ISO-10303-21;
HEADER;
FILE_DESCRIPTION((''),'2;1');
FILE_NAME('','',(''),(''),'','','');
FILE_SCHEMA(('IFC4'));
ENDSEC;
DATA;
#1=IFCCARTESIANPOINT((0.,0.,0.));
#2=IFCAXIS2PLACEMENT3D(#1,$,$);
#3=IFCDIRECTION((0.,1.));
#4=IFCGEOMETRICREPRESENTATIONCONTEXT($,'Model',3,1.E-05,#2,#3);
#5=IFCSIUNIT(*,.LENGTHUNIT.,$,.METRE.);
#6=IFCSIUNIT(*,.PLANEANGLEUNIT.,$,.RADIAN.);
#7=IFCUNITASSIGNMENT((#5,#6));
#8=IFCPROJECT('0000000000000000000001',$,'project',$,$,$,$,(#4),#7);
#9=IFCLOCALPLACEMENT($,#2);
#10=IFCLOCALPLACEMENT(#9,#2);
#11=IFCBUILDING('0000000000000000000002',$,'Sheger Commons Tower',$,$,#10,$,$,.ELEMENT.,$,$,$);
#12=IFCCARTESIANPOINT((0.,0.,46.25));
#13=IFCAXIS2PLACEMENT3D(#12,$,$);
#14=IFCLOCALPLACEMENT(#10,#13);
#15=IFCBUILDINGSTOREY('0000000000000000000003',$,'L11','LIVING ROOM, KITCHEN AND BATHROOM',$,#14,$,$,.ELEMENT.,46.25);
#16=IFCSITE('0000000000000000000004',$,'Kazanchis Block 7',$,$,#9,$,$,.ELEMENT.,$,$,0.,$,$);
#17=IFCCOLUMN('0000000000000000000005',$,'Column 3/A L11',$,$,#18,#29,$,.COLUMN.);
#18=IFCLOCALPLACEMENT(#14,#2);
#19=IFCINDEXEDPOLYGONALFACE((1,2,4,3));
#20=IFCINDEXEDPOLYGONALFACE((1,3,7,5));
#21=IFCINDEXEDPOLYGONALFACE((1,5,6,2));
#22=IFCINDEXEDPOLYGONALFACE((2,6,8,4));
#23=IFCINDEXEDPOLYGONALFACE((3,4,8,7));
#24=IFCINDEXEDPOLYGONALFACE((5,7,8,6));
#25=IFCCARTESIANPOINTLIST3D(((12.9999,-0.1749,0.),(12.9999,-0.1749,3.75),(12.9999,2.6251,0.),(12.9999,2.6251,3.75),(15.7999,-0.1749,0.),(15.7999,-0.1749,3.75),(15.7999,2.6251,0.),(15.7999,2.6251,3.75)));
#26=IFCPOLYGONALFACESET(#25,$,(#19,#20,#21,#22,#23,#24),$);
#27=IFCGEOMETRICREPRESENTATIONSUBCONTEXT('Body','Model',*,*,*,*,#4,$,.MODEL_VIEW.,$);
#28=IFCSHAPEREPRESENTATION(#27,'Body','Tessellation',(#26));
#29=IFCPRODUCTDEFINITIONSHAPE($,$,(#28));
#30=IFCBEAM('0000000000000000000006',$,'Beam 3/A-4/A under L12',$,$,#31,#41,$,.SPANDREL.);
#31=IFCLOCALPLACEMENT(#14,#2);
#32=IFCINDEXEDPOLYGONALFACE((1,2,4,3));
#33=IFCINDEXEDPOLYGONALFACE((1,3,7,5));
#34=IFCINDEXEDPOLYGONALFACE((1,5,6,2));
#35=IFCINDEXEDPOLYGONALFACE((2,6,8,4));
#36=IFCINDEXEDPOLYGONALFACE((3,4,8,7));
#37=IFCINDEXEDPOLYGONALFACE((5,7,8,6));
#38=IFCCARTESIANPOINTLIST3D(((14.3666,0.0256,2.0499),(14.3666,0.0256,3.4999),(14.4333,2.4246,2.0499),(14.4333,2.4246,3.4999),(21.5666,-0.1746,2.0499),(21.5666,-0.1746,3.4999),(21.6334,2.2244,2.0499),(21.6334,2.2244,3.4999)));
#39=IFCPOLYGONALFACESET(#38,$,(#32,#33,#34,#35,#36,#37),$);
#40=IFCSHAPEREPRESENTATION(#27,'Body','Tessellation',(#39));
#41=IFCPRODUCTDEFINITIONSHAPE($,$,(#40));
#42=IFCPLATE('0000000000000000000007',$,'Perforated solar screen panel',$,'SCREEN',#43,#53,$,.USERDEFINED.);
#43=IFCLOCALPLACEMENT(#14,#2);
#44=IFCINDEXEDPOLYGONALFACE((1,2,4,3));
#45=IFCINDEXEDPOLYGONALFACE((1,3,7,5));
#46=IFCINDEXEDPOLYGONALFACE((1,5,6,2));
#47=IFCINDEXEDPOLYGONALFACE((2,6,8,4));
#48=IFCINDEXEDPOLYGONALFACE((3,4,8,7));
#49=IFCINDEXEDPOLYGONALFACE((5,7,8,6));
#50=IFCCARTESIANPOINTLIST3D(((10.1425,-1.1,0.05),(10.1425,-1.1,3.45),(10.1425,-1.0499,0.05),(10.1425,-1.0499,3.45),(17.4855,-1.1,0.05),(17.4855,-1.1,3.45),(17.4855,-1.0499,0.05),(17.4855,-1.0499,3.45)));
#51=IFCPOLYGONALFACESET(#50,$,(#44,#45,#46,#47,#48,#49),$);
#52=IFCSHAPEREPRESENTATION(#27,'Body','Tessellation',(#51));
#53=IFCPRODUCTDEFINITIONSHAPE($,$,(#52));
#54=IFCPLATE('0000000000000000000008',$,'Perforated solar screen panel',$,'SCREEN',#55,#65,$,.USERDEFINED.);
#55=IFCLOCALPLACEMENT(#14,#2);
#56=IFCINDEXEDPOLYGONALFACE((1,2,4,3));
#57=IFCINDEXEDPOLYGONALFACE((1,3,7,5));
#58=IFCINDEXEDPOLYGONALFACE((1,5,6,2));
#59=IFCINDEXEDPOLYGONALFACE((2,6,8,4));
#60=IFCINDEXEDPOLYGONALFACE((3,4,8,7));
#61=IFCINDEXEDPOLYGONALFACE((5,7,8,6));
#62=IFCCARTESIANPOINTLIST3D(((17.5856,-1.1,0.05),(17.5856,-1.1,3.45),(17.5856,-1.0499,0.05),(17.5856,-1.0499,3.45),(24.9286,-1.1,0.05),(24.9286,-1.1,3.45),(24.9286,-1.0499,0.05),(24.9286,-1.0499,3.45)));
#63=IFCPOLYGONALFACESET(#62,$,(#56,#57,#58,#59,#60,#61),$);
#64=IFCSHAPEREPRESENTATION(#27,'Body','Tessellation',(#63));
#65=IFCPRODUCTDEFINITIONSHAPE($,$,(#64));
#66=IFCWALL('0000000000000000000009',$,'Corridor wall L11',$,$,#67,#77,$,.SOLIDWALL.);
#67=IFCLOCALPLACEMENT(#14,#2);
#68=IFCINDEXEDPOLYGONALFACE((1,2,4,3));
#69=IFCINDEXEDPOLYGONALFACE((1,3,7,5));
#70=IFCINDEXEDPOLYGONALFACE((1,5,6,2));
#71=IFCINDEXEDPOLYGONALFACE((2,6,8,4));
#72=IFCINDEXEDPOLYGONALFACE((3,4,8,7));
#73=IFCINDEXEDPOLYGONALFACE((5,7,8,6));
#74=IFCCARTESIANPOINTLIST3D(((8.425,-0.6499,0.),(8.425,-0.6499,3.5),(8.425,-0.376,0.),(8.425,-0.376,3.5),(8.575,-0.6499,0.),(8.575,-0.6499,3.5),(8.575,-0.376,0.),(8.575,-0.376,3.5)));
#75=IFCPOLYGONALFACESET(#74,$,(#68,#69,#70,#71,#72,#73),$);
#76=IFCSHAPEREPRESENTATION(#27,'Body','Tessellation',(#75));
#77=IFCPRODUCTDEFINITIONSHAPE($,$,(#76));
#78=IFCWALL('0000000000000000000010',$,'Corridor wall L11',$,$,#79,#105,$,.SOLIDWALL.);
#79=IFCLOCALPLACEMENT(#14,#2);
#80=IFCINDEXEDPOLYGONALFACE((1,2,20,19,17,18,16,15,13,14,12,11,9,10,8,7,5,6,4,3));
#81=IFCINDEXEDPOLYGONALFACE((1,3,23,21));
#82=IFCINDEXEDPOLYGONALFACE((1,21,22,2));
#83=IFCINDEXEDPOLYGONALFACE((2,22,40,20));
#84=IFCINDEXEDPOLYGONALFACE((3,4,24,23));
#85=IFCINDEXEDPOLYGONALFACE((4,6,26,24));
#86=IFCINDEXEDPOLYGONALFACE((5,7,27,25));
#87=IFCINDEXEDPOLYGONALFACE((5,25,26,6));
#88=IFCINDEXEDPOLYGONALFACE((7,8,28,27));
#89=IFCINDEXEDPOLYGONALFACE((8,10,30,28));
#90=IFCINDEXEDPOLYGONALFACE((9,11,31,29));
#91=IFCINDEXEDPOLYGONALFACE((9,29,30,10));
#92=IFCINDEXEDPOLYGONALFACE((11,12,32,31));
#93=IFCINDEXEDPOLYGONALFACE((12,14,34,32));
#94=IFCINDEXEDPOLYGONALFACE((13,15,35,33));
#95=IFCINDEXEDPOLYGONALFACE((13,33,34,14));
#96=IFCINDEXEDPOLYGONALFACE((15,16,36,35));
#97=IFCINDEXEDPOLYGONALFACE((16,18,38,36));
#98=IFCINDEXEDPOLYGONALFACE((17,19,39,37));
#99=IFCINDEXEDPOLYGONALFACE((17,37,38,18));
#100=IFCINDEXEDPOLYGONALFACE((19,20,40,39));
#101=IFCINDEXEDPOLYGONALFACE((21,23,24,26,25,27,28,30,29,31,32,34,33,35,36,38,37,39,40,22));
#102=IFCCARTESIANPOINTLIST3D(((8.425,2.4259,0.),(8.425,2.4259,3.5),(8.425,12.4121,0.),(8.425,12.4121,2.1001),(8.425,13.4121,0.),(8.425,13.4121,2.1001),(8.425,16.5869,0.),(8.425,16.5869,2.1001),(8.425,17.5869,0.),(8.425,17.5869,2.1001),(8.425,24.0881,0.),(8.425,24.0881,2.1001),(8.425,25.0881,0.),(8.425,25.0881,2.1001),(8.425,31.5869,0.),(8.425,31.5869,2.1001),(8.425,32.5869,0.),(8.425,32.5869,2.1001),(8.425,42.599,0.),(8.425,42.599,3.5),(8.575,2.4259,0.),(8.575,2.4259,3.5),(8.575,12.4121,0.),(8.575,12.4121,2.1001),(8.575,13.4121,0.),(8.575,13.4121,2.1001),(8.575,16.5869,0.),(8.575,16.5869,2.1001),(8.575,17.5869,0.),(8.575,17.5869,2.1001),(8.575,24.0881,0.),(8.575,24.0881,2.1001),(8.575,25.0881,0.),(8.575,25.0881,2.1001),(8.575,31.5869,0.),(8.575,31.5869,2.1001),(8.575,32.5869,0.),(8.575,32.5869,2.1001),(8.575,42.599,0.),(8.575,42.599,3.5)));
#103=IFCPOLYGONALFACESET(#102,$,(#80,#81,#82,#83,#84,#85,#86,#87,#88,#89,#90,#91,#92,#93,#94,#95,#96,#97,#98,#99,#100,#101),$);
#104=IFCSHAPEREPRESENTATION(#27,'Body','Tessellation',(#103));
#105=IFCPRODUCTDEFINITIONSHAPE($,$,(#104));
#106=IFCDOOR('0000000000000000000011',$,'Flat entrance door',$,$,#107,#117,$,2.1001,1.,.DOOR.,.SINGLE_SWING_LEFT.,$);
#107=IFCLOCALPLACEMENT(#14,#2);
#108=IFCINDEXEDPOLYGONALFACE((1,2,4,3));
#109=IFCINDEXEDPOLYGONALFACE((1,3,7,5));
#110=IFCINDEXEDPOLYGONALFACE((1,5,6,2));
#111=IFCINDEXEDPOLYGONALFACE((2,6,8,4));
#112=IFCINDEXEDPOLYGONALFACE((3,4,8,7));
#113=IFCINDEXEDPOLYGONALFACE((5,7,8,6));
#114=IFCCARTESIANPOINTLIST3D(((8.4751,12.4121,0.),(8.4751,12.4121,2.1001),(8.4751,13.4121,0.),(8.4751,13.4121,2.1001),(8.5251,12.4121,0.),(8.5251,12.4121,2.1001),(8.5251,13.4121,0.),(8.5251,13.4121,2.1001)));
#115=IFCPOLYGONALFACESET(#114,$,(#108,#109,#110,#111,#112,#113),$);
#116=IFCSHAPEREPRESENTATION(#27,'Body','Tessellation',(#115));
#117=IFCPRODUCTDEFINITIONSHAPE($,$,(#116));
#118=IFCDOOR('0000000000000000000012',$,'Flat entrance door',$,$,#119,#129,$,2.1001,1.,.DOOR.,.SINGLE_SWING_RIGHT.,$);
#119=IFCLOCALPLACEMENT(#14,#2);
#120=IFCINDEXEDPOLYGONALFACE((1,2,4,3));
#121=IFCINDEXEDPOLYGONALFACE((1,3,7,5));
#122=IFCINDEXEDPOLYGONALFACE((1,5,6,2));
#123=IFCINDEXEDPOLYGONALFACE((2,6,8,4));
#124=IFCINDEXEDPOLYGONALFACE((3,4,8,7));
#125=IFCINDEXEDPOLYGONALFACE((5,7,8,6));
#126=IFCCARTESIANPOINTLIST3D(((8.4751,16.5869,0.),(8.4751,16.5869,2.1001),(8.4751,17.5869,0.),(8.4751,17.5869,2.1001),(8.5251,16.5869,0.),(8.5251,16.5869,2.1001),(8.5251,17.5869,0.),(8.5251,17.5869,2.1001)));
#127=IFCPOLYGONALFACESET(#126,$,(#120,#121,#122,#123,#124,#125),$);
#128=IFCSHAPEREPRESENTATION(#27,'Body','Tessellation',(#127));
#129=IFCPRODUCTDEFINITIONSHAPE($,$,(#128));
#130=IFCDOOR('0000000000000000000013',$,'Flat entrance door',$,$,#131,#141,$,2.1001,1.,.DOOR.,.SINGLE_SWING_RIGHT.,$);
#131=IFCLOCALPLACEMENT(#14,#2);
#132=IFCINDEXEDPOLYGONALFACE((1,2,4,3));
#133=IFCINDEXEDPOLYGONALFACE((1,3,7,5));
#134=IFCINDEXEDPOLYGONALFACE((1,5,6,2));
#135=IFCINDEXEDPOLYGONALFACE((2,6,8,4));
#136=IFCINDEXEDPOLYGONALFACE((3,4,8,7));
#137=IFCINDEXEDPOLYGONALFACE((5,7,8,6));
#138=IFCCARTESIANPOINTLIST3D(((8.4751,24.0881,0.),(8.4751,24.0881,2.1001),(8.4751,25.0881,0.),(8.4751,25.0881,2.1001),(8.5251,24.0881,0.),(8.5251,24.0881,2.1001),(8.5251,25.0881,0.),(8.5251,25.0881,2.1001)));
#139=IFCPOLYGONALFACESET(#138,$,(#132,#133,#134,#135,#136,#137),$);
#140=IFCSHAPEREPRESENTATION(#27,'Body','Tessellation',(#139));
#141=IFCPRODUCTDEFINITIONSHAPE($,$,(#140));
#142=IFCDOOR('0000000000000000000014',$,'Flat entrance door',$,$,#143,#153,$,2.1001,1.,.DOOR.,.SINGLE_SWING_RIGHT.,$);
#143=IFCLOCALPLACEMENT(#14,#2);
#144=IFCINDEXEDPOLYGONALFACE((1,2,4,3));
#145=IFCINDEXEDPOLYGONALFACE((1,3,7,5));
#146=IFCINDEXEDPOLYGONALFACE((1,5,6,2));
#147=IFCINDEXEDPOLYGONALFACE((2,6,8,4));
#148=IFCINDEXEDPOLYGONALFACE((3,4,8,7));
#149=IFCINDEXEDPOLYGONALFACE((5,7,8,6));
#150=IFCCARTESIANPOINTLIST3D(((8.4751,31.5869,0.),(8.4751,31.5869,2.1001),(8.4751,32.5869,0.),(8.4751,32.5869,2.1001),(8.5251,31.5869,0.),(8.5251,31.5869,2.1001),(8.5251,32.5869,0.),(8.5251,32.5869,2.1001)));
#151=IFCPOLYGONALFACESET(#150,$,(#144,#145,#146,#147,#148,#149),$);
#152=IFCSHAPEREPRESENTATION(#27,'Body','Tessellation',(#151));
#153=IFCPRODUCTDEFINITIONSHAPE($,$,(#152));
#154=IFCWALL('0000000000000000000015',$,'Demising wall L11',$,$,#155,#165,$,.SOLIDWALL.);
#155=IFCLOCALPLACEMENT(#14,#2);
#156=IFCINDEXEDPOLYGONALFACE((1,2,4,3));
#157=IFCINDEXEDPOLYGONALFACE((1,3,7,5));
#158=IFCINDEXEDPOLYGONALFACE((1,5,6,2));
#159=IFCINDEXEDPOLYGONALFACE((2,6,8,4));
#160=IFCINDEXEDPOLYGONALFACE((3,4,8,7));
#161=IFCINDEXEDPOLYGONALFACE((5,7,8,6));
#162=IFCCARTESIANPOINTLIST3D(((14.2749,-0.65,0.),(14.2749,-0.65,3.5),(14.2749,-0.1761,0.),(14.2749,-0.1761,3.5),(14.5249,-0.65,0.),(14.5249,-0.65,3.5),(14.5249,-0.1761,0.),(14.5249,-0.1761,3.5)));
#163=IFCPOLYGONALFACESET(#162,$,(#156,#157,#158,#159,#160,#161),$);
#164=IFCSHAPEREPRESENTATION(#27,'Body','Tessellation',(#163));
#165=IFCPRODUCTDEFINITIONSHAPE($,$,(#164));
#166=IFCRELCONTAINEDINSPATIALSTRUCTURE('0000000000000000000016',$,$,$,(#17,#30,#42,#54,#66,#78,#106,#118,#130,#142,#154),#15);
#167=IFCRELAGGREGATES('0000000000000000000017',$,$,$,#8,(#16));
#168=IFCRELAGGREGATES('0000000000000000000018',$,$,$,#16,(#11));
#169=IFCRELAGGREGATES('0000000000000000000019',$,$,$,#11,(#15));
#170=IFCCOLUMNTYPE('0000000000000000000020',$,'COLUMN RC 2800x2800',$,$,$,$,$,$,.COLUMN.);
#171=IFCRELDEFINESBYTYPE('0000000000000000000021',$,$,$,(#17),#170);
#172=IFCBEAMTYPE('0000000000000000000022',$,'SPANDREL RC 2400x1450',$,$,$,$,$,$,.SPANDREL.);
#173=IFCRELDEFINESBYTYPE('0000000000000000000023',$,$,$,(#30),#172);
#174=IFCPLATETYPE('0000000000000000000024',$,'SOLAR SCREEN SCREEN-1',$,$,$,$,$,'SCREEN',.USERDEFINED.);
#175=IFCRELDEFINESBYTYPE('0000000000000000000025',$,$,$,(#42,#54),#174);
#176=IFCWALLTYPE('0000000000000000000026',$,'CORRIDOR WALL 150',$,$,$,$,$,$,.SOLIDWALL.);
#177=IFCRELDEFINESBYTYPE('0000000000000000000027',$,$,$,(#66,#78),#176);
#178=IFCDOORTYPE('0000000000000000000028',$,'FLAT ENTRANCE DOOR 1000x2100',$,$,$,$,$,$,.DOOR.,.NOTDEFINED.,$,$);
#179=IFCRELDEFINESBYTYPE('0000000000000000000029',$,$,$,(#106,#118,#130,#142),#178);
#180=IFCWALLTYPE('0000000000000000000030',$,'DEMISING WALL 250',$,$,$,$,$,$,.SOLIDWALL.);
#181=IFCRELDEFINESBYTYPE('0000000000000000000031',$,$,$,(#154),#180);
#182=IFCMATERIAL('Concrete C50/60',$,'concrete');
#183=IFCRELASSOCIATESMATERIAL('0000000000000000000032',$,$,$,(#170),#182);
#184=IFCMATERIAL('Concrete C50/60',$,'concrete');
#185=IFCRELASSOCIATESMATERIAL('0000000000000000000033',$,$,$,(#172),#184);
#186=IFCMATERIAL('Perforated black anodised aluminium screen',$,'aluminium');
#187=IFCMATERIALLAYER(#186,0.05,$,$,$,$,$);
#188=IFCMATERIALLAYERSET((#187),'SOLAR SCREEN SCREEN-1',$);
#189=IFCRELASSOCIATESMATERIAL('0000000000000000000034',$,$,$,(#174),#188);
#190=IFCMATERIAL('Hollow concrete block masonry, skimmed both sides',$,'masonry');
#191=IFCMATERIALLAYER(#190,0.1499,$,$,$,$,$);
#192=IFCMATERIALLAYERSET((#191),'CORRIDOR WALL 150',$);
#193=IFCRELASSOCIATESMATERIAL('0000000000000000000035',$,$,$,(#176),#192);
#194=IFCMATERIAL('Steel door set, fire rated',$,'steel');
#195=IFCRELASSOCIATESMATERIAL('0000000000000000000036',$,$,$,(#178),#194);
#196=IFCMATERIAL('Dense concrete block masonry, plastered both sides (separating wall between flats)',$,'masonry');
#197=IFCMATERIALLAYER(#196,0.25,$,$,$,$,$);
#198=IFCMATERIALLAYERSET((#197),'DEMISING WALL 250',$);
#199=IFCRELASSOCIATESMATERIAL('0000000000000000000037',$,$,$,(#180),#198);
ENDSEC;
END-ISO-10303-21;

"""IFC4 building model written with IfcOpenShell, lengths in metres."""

from ifc_helpers import new_model, si_unit, direction, frame, frame_2d, origin, origin_2d, place, context, subcontext, project, spatial, rectangle, extrude, material, layer, layer_set, material_profile, profile_set, type_object, element, fill, save


model = new_model("IFC4")

# Units and contexts
model_context = context("Model", 3, precision=1e-05, world=origin(), true_north=direction((0.0, 1.0)))
body_context = subcontext(model_context, "Body", "Model", "MODEL_VIEW")
ifc_project = project(units=[si_unit("LENGTHUNIT", "METRE"), si_unit("PLANEANGLEUNIT", "RADIAN")], contexts=[model_context])

# Site, building, storey
site_placement = place(None, origin())
site = spatial("IfcSite", under=ifc_project, at=site_placement, Name="Kazanchis Block 7", CompositionType="ELEMENT", RefElevation=0.0)
building_placement = place(site_placement, origin())
building = spatial("IfcBuilding", under=site, at=building_placement, Name="Sheger Commons Tower", CompositionType="ELEMENT")
storey_placement = place(building_placement, frame((0.0, 0.0, 46.25)))
storey = spatial("IfcBuildingStorey", under=building, at=storey_placement, Name="L11", Description="LIVING ROOM, KITCHEN AND BATHROOM", CompositionType="ELEMENT", Elevation=46.25)

# Column
ifc_material_1 = material(Name="Concrete C50/60", Category="concrete")
ifc_material_profile_1 = material_profile(ifc_material_1, rectangle(XDim=2.8, YDim=2.8, at=origin_2d()), Name="RC 2800x2800")
ifc_profile_set_1 = profile_set([ifc_material_profile_1], Name="Concrete C50/60")
column_type = type_object("IfcColumnType", Name="COLUMN RC 2800x2800", PredefinedType="COLUMN", material=ifc_profile_set_1)
column_placement = place(storey_placement, frame((14.3999, 1.2251, 0.0), z_axis=(0.0, 0.0, 1.0), x_axis=(1.0, 0.0, 0.0)))
element("IfcColumn", 1, at=column_placement, inside=storey, type_object=column_type, Name="Column 3/A L11", PredefinedType="COLUMN", context=body_context, shape_type="SweptSolid", body=[
    extrude(rectangle(XDim=2.8, YDim=2.8, at=origin_2d()), origin(), (0.0, 0.0, 1.0), 3.75),
])

# Beam
ifc_material_2 = material(Name="Concrete C50/60", Category="concrete")
ifc_material_profile_2 = material_profile(ifc_material_2, rectangle(XDim=2.3999, YDim=1.45, at=origin_2d()), Name="RC 2400x1450")
ifc_profile_set_2 = profile_set([ifc_material_profile_2], Name="Concrete C50/60")
beam_type = type_object("IfcBeamType", Name="SPANDREL RC 2400x1450", PredefinedType="SPANDREL", material=ifc_profile_set_2)
beam_placement = place(storey_placement, frame((14.3999, 1.2251, 2.7749), z_axis=(0.999614, -0.027793, 0.0), x_axis=(0.027793, 0.999614, 0.0)))
element("IfcBeam", 2, at=beam_placement, inside=storey, type_object=beam_type, Name="Beam 3/A-4/A under L12", PredefinedType="SPANDREL", context=body_context, shape_type="SweptSolid", body=[
    extrude(rectangle(XDim=2.3999, YDim=1.45, at=origin_2d()), origin(), (0.0, 0.0, 1.0), 7.2029),
])

# Plates
ifc_material_3 = material(Name="Perforated black anodised aluminium screen", Category="aluminium")
ifc_layer_1 = layer(ifc_material_3, 0.05)
ifc_layer_set_1 = layer_set([ifc_layer_1], Name="SOLAR SCREEN SCREEN-1")
plate_type = type_object("IfcPlateType", Name="SOLAR SCREEN SCREEN-1", ElementType="SCREEN", PredefinedType="USERDEFINED", material=ifc_layer_set_1)
for number, where, z_axis, x_axis, name in (
    (3, (13.814, -1.075, 0.05), (0.0, 0.0, 1.0), (1.0, 0.0, 0.0), "Perforated solar screen panel"),
    (4, (21.2571, -1.075, 0.05), (0.0, 0.0, 1.0), (1.0, 0.0, 0.0), "Perforated solar screen panel"),
):
    element("IfcPlate", number, at=place(storey_placement, frame(where, z_axis=z_axis, x_axis=x_axis)), inside=storey, type_object=plate_type, Name=name, ObjectType="SCREEN", PredefinedType="USERDEFINED", context=body_context, shape_type="SweptSolid", body=[
        extrude(rectangle(XDim=7.343, YDim=0.05, at=origin_2d()), origin(), (0.0, 0.0, 1.0), 3.3999),
    ])

# Wall
ifc_material_4 = material(Name="Hollow concrete block masonry, skimmed both sides", Category="masonry")
ifc_layer_2 = layer(ifc_material_4, 0.1499)
ifc_layer_set_2 = layer_set([ifc_layer_2], Name="CORRIDOR WALL 150")
wall_type_1 = type_object("IfcWallType", Name="CORRIDOR WALL 150", PredefinedType="SOLIDWALL", material=ifc_layer_set_2)
wall_1_placement = place(storey_placement, frame((8.5, -0.6499, 0.0), z_axis=(0.0, 0.0, 1.0), x_axis=(0.0, 1.0, 0.0)))
element("IfcWall", 5, at=wall_1_placement, inside=storey, type_object=wall_type_1, Name="Corridor wall L11", PredefinedType="SOLIDWALL", context=body_context, shape_type="SweptSolid", body=[
    extrude(rectangle(XDim=0.2739, YDim=0.1499, at=frame_2d((0.137, 0.0))), origin(), (0.0, 0.0, 1.0), 3.5),
])

# Wall, openings, doors
wall_2_placement = place(storey_placement, frame((8.5, 2.426, 0.0), z_axis=(0.0, 0.0, 1.0), x_axis=(0.0, 1.0, 0.0)))
wall_2 = element("IfcWall", 6, at=wall_2_placement, inside=storey, type_object=wall_type_1, Name="Corridor wall L11", PredefinedType="SOLIDWALL", context=body_context, shape_type="SweptSolid", body=[
    extrude(rectangle(XDim=40.1731, YDim=0.1499, at=frame_2d((20.0864, 0.0))), origin(), (0.0, 0.0, 1.0), 3.5),
])
opening_1_placement = place(wall_2_placement, frame((9.9861, 0.0, 0.0)))
opening_1 = element("IfcOpeningElement", 7, at=opening_1_placement, cuts=wall_2, PredefinedType="OPENING", context=body_context, shape_type="SweptSolid", body=[
    extrude(rectangle(XDim=1.0, YDim=2.1001, at=frame_2d((0.5, 1.05))), frame((0.0, 0.085, 0.0), z_axis=(0.0, -1.0, 0.0), x_axis=(1.0, 0.0, 0.0)), (0.0, 0.0, 1.0), 0.1699),
])
opening_2_placement = place(wall_2_placement, frame((14.1609, 0.0, 0.0)))
opening_2 = element("IfcOpeningElement", 8, at=opening_2_placement, cuts=wall_2, PredefinedType="OPENING", context=body_context, shape_type="SweptSolid", body=[
    extrude(rectangle(XDim=1.0, YDim=2.1001, at=frame_2d((0.5, 1.05))), frame((0.0, 0.085, 0.0), z_axis=(0.0, -1.0, 0.0), x_axis=(1.0, 0.0, 0.0)), (0.0, 0.0, 1.0), 0.1699),
])
opening_3_placement = place(wall_2_placement, frame((21.6621, 0.0, 0.0)))
opening_3 = element("IfcOpeningElement", 9, at=opening_3_placement, cuts=wall_2, PredefinedType="OPENING", context=body_context, shape_type="SweptSolid", body=[
    extrude(rectangle(XDim=1.0, YDim=2.1001, at=frame_2d((0.5, 1.05))), frame((0.0, 0.085, 0.0), z_axis=(0.0, -1.0, 0.0), x_axis=(1.0, 0.0, 0.0)), (0.0, 0.0, 1.0), 0.1699),
])
opening_4_placement = place(wall_2_placement, frame((29.1609, 0.0, 0.0)))
opening_4 = element("IfcOpeningElement", 10, at=opening_4_placement, cuts=wall_2, PredefinedType="OPENING", context=body_context, shape_type="SweptSolid", body=[
    extrude(rectangle(XDim=1.0, YDim=2.1001, at=frame_2d((0.5, 1.05))), frame((0.0, 0.085, 0.0), z_axis=(0.0, -1.0, 0.0), x_axis=(1.0, 0.0, 0.0)), (0.0, 0.0, 1.0), 0.1699),
])
ifc_material_5 = material(Name="Steel door set, fire rated", Category="steel")
door_type = type_object("IfcDoorType", Name="FLAT ENTRANCE DOOR 1000x2100", OperationType="NOTDEFINED", PredefinedType="DOOR", material=ifc_material_5)
door_1_placement = place(opening_1_placement, origin())
door_1 = element("IfcDoor", 11, at=door_1_placement, inside=storey, type_object=door_type, Name="Flat entrance door", OperationType="SINGLE_SWING_LEFT", OverallHeight=2.1001, OverallWidth=1.0, PredefinedType="DOOR", context=body_context, shape_type="SweptSolid", body=[
    extrude(rectangle(XDim=1.0, YDim=2.1001, at=frame_2d((0.5, 1.05))), frame((0.0, 0.0249, 0.0), z_axis=(0.0, -1.0, 0.0), x_axis=(1.0, 0.0, 0.0)), (0.0, 0.0, 1.0), 0.05),
])
fill(opening_1, door_1)
door_2_placement = place(opening_2_placement, origin())
door_2 = element("IfcDoor", 12, at=door_2_placement, inside=storey, type_object=door_type, Name="Flat entrance door", OperationType="SINGLE_SWING_RIGHT", OverallHeight=2.1001, OverallWidth=1.0, PredefinedType="DOOR", context=body_context, shape_type="SweptSolid", body=[
    extrude(rectangle(XDim=1.0, YDim=2.1001, at=frame_2d((0.5, 1.05))), frame((0.0, 0.0249, 0.0), z_axis=(0.0, -1.0, 0.0), x_axis=(1.0, 0.0, 0.0)), (0.0, 0.0, 1.0), 0.05),
])
fill(opening_2, door_2)
door_3_placement = place(opening_3_placement, origin())
door_3 = element("IfcDoor", 13, at=door_3_placement, inside=storey, type_object=door_type, Name="Flat entrance door", OperationType="SINGLE_SWING_RIGHT", OverallHeight=2.1001, OverallWidth=1.0, PredefinedType="DOOR", context=body_context, shape_type="SweptSolid", body=[
    extrude(rectangle(XDim=1.0, YDim=2.1001, at=frame_2d((0.5, 1.05))), frame((0.0, 0.0249, 0.0), z_axis=(0.0, -1.0, 0.0), x_axis=(1.0, 0.0, 0.0)), (0.0, 0.0, 1.0), 0.05),
])
fill(opening_3, door_3)
door_4_placement = place(opening_4_placement, origin())
door_4 = element("IfcDoor", 14, at=door_4_placement, inside=storey, type_object=door_type, Name="Flat entrance door", OperationType="SINGLE_SWING_RIGHT", OverallHeight=2.1001, OverallWidth=1.0, PredefinedType="DOOR", context=body_context, shape_type="SweptSolid", body=[
    extrude(rectangle(XDim=1.0, YDim=2.1001, at=frame_2d((0.5, 1.05))), frame((0.0, 0.0249, 0.0), z_axis=(0.0, -1.0, 0.0), x_axis=(1.0, 0.0, 0.0)), (0.0, 0.0, 1.0), 0.05),
])
fill(opening_4, door_4)

# Wall
ifc_material_6 = material(Name="Dense concrete block masonry, plastered both sides (separating wall between flats)", Category="masonry")
ifc_layer_3 = layer(ifc_material_6, 0.25)
ifc_layer_set_3 = layer_set([ifc_layer_3], Name="DEMISING WALL 250")
wall_type_2 = type_object("IfcWallType", Name="DEMISING WALL 250", PredefinedType="SOLIDWALL", material=ifc_layer_set_3)
wall_3_placement = place(storey_placement, frame((14.3999, -0.6499, 0.0), z_axis=(0.0, 0.0, 1.0), x_axis=(0.0, 1.0, 0.0)))
element("IfcWall", 15, at=wall_3_placement, inside=storey, type_object=wall_type_2, Name="Demising wall L11", PredefinedType="SOLIDWALL", context=body_context, shape_type="SweptSolid", body=[
    extrude(rectangle(XDim=0.4739, YDim=0.25, at=frame_2d((0.2368, 0.0))), origin(), (0.0, 0.0, 1.0), 3.5),
])

save(model, "model.ifc")
